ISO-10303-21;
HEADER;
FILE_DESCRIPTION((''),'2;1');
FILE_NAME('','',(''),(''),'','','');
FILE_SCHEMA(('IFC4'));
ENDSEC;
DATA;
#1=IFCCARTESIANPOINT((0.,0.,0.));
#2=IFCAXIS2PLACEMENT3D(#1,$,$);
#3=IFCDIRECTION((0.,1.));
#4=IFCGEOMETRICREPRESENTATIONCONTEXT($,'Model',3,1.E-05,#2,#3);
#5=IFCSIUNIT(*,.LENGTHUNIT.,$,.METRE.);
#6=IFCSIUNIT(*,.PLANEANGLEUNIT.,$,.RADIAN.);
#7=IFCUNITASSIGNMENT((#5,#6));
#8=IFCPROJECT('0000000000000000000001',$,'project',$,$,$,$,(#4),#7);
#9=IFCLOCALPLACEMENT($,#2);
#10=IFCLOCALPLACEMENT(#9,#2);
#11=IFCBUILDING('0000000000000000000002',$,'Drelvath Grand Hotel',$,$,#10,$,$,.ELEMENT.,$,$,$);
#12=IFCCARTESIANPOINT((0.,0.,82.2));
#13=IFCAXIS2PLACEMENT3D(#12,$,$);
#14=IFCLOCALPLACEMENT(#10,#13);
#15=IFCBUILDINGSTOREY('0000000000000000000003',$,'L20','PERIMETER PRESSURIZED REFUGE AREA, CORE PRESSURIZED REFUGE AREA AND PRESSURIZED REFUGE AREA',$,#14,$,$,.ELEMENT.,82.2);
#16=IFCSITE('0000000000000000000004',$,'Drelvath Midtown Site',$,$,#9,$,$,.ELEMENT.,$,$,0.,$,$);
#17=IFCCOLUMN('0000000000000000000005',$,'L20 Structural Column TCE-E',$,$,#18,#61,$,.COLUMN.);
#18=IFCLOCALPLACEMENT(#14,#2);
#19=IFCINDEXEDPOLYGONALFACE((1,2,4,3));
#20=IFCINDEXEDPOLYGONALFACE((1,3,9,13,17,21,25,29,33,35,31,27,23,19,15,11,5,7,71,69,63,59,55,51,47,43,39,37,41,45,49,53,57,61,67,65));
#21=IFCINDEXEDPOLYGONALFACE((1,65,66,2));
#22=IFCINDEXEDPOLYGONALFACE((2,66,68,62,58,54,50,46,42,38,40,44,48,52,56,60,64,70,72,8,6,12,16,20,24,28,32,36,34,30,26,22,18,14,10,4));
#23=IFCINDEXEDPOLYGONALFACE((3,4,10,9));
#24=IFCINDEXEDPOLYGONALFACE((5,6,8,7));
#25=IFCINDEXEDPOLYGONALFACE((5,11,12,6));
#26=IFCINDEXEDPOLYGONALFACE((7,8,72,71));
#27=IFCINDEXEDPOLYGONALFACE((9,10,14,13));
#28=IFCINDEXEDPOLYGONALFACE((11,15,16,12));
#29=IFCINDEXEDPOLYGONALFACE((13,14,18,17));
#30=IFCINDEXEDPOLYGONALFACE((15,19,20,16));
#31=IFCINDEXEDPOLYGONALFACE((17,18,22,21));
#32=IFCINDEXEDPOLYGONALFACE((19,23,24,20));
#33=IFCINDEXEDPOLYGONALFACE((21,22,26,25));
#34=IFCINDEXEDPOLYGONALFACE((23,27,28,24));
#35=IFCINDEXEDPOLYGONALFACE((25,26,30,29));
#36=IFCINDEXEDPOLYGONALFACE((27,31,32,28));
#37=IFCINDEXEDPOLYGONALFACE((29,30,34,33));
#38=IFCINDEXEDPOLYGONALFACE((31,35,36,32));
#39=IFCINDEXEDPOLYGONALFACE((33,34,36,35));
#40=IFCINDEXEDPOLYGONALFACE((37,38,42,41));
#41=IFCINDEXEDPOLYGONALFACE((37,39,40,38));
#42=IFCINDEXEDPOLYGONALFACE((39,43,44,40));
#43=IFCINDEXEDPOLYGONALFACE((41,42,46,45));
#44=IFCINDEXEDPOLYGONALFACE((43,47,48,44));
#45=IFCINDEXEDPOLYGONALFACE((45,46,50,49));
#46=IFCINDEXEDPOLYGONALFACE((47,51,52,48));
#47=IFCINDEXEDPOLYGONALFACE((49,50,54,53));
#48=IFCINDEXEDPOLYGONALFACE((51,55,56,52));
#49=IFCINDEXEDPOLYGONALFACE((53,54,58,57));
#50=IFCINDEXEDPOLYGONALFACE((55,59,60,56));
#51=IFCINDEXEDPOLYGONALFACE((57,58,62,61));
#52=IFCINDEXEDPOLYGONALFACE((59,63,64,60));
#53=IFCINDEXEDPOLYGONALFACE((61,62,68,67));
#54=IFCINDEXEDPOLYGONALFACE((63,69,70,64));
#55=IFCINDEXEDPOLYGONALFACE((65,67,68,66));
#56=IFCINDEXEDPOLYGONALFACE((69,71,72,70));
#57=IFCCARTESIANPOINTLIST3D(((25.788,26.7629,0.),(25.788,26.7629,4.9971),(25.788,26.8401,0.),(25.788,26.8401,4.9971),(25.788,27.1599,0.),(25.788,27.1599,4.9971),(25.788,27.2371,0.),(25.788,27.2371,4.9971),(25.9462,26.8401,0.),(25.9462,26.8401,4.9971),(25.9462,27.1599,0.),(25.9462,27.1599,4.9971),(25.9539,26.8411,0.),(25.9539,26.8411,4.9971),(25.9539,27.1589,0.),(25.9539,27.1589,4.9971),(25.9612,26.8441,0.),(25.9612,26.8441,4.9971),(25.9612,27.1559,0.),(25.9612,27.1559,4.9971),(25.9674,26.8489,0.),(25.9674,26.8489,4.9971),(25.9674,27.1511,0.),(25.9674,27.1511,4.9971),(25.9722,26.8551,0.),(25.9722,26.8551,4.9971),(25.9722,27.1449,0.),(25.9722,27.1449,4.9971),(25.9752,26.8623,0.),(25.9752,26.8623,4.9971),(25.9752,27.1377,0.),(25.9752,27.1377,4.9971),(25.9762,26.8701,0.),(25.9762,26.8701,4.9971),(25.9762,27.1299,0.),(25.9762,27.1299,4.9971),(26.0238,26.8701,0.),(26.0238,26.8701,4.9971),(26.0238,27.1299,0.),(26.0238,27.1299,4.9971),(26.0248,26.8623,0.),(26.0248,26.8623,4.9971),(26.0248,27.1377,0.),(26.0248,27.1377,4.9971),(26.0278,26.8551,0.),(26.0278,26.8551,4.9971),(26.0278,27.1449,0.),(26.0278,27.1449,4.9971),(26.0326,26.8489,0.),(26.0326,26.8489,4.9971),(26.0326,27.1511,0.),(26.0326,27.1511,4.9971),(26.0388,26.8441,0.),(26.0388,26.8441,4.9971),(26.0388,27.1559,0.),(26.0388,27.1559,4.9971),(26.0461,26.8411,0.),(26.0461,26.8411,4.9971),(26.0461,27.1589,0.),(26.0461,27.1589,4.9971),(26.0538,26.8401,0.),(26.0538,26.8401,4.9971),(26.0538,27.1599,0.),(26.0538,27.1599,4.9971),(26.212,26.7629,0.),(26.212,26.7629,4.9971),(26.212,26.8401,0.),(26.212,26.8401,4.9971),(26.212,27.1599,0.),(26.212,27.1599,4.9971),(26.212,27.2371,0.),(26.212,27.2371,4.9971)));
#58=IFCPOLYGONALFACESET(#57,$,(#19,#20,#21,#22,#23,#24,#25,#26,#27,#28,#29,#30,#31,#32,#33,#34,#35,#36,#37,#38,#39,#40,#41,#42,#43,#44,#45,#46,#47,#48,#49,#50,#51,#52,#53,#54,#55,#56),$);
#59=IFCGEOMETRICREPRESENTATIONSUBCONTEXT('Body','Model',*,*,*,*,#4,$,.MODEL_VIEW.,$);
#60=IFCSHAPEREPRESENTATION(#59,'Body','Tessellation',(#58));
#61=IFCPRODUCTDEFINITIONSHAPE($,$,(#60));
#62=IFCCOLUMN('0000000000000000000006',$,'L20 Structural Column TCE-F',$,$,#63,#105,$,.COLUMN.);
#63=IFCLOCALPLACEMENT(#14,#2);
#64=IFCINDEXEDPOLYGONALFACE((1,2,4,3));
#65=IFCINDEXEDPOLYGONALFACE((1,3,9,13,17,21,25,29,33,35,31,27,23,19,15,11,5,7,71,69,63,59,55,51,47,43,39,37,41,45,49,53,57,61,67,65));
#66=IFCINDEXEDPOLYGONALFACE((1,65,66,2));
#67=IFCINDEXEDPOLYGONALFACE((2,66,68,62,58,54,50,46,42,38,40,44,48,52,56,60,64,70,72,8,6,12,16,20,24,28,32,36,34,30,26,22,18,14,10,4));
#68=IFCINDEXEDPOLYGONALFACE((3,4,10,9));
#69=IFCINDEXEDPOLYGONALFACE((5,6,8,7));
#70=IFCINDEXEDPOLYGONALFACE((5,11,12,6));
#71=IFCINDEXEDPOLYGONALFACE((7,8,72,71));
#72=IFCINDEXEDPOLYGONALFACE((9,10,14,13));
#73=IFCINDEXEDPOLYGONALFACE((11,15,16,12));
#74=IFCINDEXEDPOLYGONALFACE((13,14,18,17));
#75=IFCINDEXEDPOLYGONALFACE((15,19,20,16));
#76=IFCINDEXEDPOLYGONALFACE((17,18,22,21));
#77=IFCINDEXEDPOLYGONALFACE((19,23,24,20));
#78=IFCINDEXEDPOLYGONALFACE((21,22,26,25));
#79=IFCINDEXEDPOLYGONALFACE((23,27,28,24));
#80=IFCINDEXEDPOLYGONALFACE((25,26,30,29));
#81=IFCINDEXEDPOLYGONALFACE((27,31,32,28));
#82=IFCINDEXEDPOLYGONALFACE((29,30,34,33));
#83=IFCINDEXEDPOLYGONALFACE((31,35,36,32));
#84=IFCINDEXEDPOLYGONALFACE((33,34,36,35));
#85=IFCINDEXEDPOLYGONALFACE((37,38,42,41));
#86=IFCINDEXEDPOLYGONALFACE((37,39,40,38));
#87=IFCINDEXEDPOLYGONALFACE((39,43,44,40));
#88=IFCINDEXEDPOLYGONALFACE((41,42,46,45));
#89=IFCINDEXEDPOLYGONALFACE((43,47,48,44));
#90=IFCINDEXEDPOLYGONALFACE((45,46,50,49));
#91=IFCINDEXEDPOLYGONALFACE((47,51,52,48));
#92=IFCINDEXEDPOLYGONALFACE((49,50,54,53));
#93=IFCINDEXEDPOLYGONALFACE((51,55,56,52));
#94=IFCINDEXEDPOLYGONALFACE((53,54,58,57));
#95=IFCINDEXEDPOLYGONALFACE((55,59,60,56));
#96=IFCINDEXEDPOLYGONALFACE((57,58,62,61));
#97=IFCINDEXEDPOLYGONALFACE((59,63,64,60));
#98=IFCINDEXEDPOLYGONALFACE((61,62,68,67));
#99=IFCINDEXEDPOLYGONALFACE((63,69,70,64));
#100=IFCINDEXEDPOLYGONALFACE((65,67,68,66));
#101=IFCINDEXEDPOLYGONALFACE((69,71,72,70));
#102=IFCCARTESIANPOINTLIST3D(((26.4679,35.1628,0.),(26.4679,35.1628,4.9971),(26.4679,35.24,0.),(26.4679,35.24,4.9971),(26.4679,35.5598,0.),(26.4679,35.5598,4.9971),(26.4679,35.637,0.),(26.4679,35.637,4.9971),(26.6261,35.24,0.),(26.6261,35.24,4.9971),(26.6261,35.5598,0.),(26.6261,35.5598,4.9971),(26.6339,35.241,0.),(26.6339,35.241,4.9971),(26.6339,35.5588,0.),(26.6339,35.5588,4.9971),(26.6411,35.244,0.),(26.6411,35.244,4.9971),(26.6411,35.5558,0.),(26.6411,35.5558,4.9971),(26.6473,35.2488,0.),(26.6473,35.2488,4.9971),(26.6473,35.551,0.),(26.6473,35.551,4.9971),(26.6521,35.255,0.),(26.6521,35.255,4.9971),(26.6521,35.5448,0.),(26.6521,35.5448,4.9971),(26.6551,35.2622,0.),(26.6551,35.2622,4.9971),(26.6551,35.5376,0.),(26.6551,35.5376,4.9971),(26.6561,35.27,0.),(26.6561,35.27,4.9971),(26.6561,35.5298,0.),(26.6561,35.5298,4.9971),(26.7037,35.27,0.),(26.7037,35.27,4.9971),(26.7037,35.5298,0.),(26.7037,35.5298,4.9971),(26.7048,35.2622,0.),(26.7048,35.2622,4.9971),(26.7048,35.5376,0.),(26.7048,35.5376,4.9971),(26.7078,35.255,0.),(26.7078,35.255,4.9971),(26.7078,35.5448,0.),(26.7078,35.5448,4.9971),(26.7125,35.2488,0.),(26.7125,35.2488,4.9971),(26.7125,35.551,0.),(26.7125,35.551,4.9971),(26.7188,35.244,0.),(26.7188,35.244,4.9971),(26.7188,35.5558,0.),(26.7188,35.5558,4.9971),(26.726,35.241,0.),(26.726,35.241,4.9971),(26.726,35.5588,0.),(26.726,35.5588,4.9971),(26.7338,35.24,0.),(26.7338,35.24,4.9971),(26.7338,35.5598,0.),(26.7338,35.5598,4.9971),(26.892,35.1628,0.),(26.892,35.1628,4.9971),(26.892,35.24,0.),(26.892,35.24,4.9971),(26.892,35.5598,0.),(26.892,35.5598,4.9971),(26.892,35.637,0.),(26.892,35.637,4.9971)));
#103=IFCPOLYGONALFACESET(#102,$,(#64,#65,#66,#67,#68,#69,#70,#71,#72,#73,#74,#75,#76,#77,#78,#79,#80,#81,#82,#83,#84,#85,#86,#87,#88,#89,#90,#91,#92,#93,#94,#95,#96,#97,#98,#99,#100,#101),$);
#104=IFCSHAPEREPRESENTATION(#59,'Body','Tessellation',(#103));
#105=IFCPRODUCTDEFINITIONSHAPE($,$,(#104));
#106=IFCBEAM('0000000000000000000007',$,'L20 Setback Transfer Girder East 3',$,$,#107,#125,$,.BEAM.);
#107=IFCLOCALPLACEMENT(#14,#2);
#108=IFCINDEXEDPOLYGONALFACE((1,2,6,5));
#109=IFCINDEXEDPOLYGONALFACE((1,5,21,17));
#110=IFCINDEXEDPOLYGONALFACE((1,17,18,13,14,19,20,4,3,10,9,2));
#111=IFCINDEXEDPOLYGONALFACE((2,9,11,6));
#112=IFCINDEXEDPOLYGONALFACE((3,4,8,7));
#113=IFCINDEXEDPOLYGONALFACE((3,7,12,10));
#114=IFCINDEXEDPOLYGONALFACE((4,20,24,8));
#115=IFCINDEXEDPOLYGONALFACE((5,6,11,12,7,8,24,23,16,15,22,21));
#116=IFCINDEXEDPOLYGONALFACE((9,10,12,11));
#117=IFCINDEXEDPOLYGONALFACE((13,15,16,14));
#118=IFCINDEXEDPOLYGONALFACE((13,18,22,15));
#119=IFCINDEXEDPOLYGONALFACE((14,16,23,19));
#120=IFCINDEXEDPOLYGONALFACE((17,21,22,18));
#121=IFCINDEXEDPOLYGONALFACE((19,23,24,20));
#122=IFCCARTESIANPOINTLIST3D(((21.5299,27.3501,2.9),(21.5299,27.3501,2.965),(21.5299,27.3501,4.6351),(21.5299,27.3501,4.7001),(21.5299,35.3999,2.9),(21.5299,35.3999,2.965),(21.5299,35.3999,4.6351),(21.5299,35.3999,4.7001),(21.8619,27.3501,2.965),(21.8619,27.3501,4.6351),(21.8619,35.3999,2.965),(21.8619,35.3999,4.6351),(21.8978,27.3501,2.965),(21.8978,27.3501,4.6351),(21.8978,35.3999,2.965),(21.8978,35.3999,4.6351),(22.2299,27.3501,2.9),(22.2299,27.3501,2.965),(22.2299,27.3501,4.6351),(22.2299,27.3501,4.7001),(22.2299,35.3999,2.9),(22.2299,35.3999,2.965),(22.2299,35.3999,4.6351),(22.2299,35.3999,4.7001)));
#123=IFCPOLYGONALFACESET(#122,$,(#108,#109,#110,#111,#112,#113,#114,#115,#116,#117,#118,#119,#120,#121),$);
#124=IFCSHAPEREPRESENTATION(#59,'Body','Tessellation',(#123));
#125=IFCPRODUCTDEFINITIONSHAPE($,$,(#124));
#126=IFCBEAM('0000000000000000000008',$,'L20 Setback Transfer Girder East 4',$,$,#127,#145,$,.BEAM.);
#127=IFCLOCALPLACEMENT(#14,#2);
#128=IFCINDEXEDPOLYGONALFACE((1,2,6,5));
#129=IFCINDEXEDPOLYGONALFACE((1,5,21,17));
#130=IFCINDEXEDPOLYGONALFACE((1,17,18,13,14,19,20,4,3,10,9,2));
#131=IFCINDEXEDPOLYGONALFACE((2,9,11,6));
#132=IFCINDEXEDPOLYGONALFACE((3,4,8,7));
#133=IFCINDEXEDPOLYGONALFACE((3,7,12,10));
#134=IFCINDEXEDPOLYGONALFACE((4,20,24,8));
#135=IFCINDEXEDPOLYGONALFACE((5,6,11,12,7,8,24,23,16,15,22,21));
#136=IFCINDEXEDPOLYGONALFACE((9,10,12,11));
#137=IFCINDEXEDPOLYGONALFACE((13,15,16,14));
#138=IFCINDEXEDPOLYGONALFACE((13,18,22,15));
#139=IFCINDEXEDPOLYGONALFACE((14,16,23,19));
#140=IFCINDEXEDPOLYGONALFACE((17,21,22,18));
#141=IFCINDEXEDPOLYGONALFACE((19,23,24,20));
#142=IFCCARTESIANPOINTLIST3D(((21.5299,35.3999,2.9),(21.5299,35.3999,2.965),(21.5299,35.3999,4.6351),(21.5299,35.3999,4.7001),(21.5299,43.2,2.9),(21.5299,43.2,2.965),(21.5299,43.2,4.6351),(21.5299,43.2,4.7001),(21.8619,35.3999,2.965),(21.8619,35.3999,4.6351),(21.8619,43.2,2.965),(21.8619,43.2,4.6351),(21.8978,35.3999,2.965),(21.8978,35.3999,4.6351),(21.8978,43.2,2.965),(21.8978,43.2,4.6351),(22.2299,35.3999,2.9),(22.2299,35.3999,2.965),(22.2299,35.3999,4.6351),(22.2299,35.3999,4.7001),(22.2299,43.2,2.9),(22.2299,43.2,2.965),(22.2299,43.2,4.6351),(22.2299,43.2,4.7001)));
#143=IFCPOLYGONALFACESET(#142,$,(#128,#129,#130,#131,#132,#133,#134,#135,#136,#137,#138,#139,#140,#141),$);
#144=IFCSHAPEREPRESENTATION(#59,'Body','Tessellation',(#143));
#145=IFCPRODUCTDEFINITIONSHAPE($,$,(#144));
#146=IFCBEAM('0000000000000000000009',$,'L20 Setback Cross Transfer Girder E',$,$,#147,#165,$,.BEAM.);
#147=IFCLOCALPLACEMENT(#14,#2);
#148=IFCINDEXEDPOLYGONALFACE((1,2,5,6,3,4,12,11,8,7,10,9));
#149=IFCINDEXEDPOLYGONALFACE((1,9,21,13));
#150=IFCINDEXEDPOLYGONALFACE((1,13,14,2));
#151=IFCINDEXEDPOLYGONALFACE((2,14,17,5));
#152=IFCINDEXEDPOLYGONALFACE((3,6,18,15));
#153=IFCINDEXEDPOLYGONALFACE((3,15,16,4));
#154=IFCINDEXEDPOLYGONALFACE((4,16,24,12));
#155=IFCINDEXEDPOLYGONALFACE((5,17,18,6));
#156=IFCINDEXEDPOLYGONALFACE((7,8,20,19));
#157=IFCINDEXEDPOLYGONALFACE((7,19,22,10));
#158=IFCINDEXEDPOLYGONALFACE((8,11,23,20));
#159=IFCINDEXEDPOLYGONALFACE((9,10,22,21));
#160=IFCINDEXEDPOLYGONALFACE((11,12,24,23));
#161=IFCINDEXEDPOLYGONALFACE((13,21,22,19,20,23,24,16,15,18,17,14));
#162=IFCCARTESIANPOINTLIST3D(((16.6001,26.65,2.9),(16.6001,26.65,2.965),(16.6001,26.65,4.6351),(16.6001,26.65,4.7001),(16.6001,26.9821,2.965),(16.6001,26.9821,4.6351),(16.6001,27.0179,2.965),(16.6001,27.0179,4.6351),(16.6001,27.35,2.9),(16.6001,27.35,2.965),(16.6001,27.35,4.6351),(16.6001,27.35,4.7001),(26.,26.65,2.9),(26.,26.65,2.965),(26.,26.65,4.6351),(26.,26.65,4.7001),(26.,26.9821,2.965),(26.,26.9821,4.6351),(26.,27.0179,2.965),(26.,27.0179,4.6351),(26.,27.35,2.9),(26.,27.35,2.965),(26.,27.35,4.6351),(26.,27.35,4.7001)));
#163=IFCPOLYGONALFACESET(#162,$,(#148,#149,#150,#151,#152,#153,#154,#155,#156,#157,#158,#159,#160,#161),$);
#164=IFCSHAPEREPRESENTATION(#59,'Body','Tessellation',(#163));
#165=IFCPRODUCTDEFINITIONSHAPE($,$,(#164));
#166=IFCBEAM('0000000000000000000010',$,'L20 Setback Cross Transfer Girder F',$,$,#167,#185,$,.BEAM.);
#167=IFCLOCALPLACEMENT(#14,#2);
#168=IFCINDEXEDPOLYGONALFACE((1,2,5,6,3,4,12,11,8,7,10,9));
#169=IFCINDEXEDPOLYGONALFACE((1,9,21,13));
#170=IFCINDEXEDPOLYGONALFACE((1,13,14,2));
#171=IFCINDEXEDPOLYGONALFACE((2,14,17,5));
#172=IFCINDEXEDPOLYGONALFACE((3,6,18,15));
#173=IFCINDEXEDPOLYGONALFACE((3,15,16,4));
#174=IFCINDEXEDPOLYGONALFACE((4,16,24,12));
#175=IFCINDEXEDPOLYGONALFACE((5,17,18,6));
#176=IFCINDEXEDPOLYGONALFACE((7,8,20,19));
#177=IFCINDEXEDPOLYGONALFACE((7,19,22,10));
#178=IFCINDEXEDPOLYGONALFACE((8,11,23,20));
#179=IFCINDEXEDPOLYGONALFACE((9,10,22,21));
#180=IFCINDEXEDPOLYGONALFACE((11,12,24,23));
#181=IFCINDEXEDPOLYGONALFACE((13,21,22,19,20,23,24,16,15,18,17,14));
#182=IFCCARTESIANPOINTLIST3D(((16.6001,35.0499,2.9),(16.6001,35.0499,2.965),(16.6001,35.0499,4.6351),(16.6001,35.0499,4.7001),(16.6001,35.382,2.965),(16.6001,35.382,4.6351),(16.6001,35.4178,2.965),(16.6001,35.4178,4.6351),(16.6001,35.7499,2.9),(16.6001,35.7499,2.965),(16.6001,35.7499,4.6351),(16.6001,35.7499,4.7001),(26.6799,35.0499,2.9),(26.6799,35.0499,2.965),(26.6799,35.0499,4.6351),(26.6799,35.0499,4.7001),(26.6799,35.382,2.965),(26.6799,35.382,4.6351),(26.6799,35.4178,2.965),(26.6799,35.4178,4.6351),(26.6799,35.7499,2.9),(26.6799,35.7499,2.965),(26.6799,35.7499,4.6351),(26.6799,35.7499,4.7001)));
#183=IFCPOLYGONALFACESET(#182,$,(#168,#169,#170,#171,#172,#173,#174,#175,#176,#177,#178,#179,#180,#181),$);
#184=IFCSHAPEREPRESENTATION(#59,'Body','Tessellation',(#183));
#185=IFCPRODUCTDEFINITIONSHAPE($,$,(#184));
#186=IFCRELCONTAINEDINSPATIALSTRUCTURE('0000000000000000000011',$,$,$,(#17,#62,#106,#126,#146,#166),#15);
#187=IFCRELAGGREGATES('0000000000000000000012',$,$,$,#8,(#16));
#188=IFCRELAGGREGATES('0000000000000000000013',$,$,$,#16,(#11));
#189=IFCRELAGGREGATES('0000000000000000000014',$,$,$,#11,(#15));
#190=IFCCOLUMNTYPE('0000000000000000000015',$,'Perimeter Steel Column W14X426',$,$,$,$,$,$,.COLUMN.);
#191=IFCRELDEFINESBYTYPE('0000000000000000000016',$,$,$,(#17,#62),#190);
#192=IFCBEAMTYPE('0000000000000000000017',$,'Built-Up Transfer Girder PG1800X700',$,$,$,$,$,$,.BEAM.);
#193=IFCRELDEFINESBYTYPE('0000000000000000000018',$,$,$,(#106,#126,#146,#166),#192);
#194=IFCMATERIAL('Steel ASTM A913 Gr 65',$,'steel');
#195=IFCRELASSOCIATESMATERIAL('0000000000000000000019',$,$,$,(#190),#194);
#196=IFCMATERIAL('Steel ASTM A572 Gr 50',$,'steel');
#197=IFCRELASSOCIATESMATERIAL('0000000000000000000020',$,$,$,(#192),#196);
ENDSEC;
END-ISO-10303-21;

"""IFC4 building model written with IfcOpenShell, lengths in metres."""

from ifc_helpers import new_model, si_unit, direction, frame, origin, origin_2d, place, context, subcontext, project, spatial, i_section, extrude, material, material_profile, profile_set, type_object, element, save


model = new_model("IFC4")

# Units and contexts
model_context = context("Model", 3, precision=1e-05, world=origin(), true_north=direction((0.0, 1.0)))
body_context = subcontext(model_context, "Body", "Model", "MODEL_VIEW")
ifc_project = project(units=[si_unit("LENGTHUNIT", "METRE"), si_unit("PLANEANGLEUNIT", "RADIAN")], contexts=[model_context])

# Site, building, storey
site_placement = place(None, origin())
site = spatial("IfcSite", under=ifc_project, at=site_placement, Name="Drelvath Midtown Site", CompositionType="ELEMENT", RefElevation=0.0)
building_placement = place(site_placement, origin())
building = spatial("IfcBuilding", under=site, at=building_placement, Name="Drelvath Grand Hotel", CompositionType="ELEMENT")
storey_placement = place(building_placement, frame((0.0, 0.0, 82.2)))
storey = spatial("IfcBuildingStorey", under=building, at=storey_placement, Name="L20", Description="PERIMETER PRESSURIZED REFUGE AREA, CORE PRESSURIZED REFUGE AREA AND PRESSURIZED REFUGE AREA", CompositionType="ELEMENT", Elevation=82.2)

# Columns
ifc_material_1 = material(Name="Steel ASTM A913 Gr 65", Category="steel")
ifc_material_profile_1 = material_profile(ifc_material_1, i_section(OverallWidth=0.4241, OverallDepth=0.4741, WebThickness=0.0476, FlangeThickness=0.0771, FilletRadius=0.03, at=origin_2d()), Name="W14X426")
ifc_profile_set_1 = profile_set([ifc_material_profile_1], Name="Steel ASTM A913 Gr 65")
column_type = type_object("IfcColumnType", Name="Perimeter Steel Column W14X426", PredefinedType="COLUMN", material=ifc_profile_set_1)
for number, where, z_axis, x_axis, name in (
    (1, (26.0, 27.0, 0.0), (0.0, 0.0, 1.0), (1.0, 0.0, 0.0), "L20 Structural Column TCE-E"),
    (2, (26.6799, 35.3999, 0.0), (0.0, 0.0, 1.0), (1.0, 0.0, 0.0), "L20 Structural Column TCE-F"),
):
    element("IfcColumn", number, at=place(storey_placement, frame(where, z_axis=z_axis, x_axis=x_axis)), inside=storey, type_object=column_type, Name=name, PredefinedType="COLUMN", context=body_context, shape_type="SweptSolid", body=[
        extrude(i_section(OverallWidth=0.4241, OverallDepth=0.4741, WebThickness=0.0476, FlangeThickness=0.0771, FilletRadius=0.03, at=origin_2d()), origin(), (0.0, 0.0, 1.0), 4.9971),
    ])

# Beams
ifc_material_2 = material(Name="Steel ASTM A572 Gr 50", Category="steel")
ifc_material_profile_2 = material_profile(ifc_material_2, i_section(OverallWidth=0.7, OverallDepth=1.8, WebThickness=0.0359, FlangeThickness=0.0649, at=origin_2d()), Name="PG1800X700")
ifc_profile_set_2 = profile_set([ifc_material_profile_2], Name="Steel ASTM A572 Gr 50")
beam_type_1 = type_object("IfcBeamType", Name="Built-Up Transfer Girder PG1800X700", PredefinedType="BEAM", material=ifc_profile_set_2)
beam_1_placement = place(storey_placement, frame((21.8799, 27.3501, 3.8), z_axis=(0.0, 1.0, 0.0), x_axis=(-1.0, 0.0, 0.0)))
element("IfcBeam", 3, at=beam_1_placement, inside=storey, type_object=beam_type_1, Name="L20 Setback Transfer Girder East 3", PredefinedType="BEAM", context=body_context, shape_type="SweptSolid", body=[
    extrude(i_section(OverallWidth=0.7, OverallDepth=1.8, WebThickness=0.0359, FlangeThickness=0.0649, at=origin_2d()), origin(), (0.0, 0.0, 1.0), 8.0498),
])
beam_2_placement = place(storey_placement, frame((21.8799, 35.3999, 3.8), z_axis=(0.0, 1.0, 0.0), x_axis=(-1.0, 0.0, 0.0)))
element("IfcBeam", 4, at=beam_2_placement, inside=storey, type_object=beam_type_1, Name="L20 Setback Transfer Girder East 4", PredefinedType="BEAM", context=body_context, shape_type="SweptSolid", body=[
    extrude(i_section(OverallWidth=0.7, OverallDepth=1.8, WebThickness=0.0359, FlangeThickness=0.0649, at=origin_2d()), origin(), (0.0, 0.0, 1.0), 7.8),
])
beam_3_placement = place(storey_placement, frame((16.6001, 27.0, 3.8), z_axis=(1.0, 0.0, 0.0), x_axis=(0.0, 1.0, 0.0)))
element("IfcBeam", 5, at=beam_3_placement, inside=storey, type_object=beam_type_1, Name="L20 Setback Cross Transfer Girder E", PredefinedType="BEAM", context=body_context, shape_type="SweptSolid", body=[
    extrude(i_section(OverallWidth=0.7, OverallDepth=1.8, WebThickness=0.0359, FlangeThickness=0.0649, at=origin_2d()), origin(), (0.0, 0.0, 1.0), 9.3999),
])
beam_4_placement = place(storey_placement, frame((16.6001, 35.3999, 3.8), z_axis=(1.0, 0.0, 0.0), x_axis=(0.0, 1.0, 0.0)))
element("IfcBeam", 6, at=beam_4_placement, inside=storey, type_object=beam_type_1, Name="L20 Setback Cross Transfer Girder F", PredefinedType="BEAM", context=body_context, shape_type="SweptSolid", body=[
    extrude(i_section(OverallWidth=0.7, OverallDepth=1.8, WebThickness=0.0359, FlangeThickness=0.0649, at=origin_2d()), origin(), (0.0, 0.0, 1.0), 10.0798),
])

save(model, "model.ifc")
